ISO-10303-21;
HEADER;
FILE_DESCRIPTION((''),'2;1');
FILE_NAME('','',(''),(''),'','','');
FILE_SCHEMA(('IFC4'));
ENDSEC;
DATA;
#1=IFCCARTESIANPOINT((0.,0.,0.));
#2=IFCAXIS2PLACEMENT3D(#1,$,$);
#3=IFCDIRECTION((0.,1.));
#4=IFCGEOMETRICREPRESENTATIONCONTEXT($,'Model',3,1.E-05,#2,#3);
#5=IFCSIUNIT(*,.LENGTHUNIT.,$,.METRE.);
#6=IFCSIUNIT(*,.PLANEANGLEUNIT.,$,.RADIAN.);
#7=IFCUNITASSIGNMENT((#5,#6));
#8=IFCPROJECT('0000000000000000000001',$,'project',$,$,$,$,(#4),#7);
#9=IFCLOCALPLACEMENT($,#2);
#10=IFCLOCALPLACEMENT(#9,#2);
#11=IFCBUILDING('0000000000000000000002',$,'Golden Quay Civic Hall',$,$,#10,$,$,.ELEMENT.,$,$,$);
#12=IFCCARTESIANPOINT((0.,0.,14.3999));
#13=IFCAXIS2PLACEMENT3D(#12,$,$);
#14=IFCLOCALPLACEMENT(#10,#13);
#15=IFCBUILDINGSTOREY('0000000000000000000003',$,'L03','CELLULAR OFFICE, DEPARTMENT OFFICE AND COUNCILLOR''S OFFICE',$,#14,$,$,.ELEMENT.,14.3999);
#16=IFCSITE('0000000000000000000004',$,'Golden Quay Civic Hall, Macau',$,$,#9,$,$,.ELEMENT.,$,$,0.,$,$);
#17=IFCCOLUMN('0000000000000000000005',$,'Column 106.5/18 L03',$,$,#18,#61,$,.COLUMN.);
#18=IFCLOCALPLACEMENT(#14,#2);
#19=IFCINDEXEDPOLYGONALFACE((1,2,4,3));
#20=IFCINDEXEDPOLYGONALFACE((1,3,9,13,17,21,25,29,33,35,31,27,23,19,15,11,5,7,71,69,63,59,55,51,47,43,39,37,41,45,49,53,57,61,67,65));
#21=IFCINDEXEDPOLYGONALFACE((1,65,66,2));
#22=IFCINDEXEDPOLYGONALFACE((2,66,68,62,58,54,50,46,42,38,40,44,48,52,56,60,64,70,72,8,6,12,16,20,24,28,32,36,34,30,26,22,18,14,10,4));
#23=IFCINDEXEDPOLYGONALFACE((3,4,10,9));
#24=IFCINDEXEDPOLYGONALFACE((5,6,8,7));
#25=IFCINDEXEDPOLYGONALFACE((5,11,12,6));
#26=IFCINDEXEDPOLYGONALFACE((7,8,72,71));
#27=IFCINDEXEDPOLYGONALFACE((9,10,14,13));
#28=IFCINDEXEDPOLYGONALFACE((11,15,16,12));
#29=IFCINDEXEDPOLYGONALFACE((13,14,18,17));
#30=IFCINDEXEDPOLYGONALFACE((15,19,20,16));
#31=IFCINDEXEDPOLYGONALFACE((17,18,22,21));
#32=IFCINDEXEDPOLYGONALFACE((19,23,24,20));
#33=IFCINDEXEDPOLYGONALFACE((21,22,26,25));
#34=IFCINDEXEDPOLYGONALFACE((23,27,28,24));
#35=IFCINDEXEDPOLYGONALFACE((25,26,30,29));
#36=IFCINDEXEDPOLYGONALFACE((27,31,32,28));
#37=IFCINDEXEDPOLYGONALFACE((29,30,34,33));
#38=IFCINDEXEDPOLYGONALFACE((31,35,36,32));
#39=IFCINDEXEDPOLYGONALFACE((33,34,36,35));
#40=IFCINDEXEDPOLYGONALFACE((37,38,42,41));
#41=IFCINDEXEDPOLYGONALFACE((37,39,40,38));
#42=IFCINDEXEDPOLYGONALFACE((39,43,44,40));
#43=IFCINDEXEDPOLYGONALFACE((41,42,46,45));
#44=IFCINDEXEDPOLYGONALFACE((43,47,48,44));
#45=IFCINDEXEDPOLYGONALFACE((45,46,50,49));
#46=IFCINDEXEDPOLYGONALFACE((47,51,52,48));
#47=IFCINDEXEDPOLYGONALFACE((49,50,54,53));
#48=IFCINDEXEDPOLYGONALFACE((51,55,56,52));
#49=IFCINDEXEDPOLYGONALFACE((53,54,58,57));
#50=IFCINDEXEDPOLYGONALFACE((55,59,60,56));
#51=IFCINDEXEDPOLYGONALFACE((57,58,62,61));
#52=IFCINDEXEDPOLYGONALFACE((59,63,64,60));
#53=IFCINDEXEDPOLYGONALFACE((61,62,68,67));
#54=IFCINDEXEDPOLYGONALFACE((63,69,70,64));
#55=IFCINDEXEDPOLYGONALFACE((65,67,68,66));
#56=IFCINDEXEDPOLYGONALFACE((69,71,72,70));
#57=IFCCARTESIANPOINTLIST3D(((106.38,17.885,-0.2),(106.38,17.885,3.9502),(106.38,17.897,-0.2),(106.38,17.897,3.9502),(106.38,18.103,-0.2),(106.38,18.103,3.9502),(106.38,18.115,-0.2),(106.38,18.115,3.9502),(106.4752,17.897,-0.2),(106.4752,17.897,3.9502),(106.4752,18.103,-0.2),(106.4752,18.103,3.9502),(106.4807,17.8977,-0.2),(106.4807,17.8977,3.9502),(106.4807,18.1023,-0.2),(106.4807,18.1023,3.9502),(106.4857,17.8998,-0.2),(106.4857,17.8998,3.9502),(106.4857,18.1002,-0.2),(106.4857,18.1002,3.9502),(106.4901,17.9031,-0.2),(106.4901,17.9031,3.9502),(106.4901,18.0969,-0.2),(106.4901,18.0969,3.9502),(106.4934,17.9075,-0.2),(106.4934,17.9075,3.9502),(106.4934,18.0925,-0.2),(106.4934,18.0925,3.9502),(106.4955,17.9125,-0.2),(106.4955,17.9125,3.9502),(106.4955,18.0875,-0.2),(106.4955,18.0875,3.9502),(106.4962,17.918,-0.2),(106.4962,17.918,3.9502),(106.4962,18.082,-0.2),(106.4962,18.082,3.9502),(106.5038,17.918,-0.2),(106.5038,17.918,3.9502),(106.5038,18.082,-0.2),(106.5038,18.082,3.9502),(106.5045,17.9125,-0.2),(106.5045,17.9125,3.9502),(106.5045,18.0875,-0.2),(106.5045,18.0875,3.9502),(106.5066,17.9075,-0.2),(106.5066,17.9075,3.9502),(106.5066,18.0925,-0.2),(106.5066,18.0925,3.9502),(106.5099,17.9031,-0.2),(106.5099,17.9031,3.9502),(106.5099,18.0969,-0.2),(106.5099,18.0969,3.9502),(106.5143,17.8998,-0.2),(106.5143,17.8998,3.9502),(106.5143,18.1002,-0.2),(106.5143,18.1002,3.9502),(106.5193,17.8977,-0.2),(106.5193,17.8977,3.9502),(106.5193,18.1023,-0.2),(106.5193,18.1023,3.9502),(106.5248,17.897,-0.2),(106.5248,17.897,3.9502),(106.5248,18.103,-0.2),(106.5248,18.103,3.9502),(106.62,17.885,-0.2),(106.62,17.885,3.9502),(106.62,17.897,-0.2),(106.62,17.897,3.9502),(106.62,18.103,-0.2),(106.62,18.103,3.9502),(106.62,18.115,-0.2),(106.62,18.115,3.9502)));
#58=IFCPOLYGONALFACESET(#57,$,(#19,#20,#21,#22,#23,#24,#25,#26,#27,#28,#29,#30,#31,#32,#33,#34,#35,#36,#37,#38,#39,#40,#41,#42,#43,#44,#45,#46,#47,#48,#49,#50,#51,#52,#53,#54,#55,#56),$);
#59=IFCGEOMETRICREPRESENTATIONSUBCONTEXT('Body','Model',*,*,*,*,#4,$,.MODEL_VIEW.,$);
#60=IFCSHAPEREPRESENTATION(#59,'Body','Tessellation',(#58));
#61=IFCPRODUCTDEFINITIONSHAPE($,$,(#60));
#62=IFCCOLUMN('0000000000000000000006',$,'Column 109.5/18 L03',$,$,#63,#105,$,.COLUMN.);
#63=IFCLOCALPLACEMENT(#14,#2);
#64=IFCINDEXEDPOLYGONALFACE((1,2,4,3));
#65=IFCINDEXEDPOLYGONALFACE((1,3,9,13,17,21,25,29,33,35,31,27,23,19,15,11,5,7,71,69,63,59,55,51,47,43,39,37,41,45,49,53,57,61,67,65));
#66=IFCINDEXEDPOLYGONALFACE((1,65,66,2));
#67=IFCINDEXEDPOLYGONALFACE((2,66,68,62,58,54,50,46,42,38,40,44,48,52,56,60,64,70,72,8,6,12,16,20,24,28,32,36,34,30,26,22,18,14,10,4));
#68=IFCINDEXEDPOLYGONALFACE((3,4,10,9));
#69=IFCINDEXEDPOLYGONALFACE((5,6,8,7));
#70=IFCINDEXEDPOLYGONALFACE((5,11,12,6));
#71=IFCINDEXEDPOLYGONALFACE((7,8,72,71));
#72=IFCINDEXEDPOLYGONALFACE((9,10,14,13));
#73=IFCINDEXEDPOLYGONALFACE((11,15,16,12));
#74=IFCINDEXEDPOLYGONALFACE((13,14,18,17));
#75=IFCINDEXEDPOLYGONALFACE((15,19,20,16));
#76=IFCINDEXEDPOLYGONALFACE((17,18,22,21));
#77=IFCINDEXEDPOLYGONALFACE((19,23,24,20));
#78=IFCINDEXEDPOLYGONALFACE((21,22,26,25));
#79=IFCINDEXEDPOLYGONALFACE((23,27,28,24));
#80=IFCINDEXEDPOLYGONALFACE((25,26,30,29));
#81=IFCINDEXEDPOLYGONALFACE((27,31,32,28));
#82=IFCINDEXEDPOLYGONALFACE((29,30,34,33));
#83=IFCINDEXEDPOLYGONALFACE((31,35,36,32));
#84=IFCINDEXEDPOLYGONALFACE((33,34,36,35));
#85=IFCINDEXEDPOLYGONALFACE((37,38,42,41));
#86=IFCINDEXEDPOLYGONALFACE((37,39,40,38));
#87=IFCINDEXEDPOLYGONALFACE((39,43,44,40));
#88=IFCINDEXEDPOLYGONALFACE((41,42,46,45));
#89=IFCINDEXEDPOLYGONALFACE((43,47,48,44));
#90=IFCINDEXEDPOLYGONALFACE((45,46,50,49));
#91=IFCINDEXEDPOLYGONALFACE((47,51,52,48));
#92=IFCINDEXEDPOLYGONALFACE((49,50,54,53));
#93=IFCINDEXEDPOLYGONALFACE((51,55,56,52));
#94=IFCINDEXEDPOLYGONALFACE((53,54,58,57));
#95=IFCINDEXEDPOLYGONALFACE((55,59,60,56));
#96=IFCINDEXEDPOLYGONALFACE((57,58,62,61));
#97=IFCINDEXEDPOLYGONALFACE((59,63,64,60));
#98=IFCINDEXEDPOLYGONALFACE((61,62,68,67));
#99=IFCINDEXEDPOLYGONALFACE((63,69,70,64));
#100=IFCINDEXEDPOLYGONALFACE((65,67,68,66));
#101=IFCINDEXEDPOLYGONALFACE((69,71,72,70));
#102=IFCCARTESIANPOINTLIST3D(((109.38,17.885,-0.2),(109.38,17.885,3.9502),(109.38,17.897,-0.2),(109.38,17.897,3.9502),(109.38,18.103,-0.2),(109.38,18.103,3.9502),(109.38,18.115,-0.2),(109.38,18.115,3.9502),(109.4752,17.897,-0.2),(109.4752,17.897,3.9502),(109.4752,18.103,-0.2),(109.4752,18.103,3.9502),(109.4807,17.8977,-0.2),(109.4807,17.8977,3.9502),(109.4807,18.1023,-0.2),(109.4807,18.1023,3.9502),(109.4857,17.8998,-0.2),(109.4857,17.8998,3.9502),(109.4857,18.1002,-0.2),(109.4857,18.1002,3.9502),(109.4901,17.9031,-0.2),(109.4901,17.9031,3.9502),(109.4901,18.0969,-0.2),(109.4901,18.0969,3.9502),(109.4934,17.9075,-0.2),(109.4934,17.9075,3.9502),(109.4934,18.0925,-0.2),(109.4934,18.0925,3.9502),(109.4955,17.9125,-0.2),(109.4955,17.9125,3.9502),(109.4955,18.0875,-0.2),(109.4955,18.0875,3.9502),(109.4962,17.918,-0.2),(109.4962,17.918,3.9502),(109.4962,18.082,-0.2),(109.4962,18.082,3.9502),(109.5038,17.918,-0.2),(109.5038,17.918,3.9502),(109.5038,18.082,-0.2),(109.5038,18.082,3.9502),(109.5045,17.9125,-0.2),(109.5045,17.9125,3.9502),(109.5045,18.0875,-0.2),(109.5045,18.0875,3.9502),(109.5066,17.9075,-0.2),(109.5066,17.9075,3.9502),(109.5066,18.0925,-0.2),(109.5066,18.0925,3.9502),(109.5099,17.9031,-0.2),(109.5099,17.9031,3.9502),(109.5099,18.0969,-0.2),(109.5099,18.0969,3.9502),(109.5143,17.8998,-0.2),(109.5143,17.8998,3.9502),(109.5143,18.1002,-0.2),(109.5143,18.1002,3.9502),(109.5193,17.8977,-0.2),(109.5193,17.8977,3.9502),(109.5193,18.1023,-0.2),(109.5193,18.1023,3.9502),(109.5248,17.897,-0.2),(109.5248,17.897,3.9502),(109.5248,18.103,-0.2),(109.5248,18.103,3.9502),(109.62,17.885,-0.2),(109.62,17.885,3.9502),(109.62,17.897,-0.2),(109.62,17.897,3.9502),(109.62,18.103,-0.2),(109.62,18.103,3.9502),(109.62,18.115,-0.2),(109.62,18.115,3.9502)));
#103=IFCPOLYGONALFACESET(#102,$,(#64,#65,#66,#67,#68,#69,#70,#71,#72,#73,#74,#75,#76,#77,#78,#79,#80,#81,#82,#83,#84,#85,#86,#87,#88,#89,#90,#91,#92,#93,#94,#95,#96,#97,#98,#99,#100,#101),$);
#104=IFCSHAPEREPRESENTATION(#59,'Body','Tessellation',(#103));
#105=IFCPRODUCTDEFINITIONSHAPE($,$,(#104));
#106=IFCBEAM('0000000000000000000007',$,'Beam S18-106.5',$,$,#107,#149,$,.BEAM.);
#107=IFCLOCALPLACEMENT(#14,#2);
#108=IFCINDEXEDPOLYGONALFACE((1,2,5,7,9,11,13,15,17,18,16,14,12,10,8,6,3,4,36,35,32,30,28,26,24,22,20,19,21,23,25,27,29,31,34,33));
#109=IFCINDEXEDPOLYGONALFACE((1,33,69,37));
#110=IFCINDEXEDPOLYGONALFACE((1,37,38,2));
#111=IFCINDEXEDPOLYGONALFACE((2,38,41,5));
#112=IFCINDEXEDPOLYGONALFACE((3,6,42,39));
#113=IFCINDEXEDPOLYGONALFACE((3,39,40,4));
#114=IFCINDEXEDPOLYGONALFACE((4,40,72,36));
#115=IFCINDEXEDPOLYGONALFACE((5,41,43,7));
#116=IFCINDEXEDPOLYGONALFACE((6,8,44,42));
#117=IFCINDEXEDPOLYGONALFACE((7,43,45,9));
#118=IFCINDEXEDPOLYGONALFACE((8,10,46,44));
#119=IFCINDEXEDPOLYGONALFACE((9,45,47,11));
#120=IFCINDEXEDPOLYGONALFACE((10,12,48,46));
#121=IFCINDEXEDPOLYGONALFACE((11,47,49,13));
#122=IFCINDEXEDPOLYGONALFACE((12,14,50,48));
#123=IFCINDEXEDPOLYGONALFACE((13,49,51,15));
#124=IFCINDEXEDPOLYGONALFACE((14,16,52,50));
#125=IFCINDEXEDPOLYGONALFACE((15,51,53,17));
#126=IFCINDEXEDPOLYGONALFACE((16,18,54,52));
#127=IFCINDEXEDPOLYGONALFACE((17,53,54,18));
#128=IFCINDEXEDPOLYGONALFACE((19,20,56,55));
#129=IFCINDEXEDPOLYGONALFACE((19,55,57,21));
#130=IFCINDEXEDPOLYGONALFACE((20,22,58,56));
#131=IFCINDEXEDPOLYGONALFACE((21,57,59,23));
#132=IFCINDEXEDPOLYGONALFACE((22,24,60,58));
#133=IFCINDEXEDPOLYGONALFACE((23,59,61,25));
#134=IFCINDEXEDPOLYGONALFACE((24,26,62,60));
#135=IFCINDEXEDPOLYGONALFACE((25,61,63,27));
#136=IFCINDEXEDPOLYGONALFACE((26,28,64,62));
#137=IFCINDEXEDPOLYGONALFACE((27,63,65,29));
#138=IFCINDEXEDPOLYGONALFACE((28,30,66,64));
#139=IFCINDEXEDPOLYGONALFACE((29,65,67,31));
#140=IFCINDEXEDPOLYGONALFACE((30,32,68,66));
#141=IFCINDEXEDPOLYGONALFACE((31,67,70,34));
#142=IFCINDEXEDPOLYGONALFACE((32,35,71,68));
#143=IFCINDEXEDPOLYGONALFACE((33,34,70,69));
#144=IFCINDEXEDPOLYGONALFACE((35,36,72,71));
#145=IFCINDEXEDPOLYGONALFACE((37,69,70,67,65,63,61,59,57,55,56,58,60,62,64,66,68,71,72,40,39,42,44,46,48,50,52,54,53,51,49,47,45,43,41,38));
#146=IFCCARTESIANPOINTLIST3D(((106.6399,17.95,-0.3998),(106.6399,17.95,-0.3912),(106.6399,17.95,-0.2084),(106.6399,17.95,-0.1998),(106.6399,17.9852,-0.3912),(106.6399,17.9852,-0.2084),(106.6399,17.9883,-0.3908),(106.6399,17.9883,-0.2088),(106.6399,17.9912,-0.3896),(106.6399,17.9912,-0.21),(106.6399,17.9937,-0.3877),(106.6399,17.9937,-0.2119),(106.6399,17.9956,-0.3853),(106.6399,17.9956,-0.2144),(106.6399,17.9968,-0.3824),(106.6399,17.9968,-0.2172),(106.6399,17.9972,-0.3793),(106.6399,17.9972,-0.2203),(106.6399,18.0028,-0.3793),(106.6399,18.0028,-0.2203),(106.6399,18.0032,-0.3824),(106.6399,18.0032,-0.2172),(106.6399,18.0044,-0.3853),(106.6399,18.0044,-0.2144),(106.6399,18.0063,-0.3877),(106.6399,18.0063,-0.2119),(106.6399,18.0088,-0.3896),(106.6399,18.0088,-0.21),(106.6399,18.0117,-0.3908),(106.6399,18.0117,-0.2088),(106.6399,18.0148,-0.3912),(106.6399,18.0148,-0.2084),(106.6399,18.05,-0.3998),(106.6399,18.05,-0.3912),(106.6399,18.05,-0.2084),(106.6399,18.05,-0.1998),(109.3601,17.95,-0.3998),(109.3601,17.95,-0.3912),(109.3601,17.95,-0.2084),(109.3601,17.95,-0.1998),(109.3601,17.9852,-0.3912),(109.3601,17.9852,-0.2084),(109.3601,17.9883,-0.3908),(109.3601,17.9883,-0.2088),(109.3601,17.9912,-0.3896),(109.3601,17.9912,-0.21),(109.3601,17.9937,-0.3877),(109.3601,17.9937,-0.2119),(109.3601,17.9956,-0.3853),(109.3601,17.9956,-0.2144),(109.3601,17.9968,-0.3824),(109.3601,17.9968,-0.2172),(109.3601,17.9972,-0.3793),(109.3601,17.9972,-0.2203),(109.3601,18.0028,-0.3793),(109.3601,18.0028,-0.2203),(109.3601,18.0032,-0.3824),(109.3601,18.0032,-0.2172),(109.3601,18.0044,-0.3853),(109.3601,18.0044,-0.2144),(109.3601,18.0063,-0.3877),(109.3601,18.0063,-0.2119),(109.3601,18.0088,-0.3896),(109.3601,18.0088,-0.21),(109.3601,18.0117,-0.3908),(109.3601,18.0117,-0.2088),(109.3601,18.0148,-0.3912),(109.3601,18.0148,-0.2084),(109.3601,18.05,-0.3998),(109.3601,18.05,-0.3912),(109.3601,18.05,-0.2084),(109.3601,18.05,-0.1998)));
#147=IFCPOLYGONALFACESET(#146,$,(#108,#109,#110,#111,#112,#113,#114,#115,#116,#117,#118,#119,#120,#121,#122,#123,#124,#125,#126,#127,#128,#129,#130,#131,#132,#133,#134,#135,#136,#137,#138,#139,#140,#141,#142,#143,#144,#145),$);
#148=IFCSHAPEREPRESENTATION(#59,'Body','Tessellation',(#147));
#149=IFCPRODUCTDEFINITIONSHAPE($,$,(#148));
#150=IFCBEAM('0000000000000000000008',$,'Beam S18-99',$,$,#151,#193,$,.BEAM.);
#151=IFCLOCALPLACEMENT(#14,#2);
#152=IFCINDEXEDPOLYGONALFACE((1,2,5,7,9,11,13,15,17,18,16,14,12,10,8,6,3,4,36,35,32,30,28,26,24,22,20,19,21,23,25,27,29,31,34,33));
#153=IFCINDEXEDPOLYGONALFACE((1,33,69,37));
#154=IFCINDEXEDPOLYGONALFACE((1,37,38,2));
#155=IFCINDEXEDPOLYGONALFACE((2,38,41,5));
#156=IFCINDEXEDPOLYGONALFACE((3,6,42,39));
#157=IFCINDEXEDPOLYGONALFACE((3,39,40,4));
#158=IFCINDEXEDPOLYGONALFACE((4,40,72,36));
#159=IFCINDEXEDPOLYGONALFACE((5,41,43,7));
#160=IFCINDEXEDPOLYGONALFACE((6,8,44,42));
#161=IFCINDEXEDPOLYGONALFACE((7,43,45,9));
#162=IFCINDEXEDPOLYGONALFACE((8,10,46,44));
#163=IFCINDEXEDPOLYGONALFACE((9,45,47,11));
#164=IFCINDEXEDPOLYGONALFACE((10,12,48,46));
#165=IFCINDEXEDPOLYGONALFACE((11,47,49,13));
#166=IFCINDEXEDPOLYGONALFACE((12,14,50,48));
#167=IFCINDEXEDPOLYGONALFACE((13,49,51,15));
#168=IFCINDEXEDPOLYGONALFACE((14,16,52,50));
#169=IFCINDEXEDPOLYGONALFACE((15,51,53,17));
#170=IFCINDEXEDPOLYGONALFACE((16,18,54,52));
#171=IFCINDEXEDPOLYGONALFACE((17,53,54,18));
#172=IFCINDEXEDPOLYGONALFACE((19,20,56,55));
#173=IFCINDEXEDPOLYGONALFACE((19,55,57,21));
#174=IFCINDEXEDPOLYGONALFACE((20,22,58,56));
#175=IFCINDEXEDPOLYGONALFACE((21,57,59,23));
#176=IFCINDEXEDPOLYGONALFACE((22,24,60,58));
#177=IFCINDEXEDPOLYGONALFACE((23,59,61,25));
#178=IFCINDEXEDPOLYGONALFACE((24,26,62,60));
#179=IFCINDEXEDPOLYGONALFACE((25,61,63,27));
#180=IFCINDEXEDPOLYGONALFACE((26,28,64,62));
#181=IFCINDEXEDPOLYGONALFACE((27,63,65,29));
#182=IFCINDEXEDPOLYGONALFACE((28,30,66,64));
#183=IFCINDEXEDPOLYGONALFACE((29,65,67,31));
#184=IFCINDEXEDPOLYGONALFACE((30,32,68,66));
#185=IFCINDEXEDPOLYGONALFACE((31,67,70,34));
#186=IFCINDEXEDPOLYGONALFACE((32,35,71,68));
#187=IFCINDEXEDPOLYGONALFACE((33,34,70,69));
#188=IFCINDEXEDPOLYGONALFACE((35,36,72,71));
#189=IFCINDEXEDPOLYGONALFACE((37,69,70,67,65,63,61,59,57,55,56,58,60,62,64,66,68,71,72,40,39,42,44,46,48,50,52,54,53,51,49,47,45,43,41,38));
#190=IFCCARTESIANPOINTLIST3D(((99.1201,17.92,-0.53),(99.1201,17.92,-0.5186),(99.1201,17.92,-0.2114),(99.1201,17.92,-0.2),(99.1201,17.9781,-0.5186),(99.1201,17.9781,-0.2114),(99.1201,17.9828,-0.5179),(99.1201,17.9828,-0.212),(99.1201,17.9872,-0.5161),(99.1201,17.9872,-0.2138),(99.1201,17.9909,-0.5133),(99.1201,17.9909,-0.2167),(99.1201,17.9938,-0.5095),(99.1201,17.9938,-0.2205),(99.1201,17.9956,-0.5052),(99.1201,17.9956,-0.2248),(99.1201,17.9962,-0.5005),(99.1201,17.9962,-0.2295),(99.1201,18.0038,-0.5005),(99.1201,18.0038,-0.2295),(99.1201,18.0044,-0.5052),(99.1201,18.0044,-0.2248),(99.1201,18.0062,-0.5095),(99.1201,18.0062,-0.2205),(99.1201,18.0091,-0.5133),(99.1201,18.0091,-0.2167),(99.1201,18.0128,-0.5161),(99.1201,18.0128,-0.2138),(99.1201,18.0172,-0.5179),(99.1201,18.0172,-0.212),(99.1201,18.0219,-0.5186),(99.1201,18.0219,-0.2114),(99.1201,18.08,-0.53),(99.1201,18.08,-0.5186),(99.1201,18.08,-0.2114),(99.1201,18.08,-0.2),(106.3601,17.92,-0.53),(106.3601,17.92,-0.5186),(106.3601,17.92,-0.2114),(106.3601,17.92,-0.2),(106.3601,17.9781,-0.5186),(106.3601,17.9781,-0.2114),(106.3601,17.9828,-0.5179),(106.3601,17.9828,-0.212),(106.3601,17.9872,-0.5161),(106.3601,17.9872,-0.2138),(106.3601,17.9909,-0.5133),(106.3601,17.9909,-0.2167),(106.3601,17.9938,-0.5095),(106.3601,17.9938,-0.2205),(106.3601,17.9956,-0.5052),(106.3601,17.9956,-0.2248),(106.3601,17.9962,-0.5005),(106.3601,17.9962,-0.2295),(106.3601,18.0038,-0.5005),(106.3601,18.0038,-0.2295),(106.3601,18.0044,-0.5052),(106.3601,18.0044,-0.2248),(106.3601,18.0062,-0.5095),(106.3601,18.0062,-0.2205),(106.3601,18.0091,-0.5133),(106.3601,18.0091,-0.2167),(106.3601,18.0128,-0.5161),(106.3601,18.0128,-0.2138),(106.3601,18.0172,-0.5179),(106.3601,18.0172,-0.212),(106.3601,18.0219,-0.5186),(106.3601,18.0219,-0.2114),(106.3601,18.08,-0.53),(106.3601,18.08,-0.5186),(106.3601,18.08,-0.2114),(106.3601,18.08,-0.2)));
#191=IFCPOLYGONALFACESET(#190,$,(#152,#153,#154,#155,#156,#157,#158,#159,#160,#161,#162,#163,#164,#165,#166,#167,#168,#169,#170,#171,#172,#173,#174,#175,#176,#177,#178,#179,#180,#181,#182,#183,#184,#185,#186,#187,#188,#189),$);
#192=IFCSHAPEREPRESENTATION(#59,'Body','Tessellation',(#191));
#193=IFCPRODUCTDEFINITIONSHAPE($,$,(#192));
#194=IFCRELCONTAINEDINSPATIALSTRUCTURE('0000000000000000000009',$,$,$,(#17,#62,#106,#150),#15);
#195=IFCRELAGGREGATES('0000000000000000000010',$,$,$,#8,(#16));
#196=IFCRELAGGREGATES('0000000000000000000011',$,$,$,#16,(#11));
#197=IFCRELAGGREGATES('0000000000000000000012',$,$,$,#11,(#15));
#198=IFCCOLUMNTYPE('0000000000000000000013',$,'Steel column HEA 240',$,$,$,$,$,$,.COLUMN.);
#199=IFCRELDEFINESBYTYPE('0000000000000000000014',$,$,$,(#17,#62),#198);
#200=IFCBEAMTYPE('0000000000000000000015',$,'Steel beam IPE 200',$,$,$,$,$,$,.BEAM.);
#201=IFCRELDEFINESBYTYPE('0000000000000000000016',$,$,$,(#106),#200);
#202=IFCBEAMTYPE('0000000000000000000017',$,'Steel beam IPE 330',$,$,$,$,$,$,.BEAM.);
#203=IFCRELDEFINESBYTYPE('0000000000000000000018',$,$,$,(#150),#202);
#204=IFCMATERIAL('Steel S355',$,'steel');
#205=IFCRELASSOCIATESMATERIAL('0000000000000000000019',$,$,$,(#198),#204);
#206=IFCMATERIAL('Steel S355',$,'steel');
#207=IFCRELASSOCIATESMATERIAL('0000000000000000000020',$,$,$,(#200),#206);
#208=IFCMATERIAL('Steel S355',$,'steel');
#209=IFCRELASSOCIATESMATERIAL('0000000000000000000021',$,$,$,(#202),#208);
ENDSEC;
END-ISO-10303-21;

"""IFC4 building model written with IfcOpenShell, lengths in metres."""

from ifc_helpers import new_model, si_unit, direction, frame, origin, origin_2d, place, context, subcontext, project, spatial, i_section, extrude, material, material_profile, profile_set, type_object, element, save


model = new_model("IFC4")

# Units and contexts
model_context = context("Model", 3, precision=1e-05, world=origin(), true_north=direction((0.0, 1.0)))
body_context = subcontext(model_context, "Body", "Model", "MODEL_VIEW")
ifc_project = project(units=[si_unit("LENGTHUNIT", "METRE"), si_unit("PLANEANGLEUNIT", "RADIAN")], contexts=[model_context])

# Site, building, storey
site_placement = place(None, origin())
site = spatial("IfcSite", under=ifc_project, at=site_placement, Name="Golden Quay Civic Hall, Macau", CompositionType="ELEMENT", RefElevation=0.0)
building_placement = place(site_placement, origin())
building = spatial("IfcBuilding", under=site, at=building_placement, Name="Golden Quay Civic Hall", CompositionType="ELEMENT")
storey_placement = place(building_placement, frame((0.0, 0.0, 14.3999)))
storey = spatial("IfcBuildingStorey", under=building, at=storey_placement, Name="L03", Description="CELLULAR OFFICE, DEPARTMENT OFFICE AND COUNCILLOR'S OFFICE", CompositionType="ELEMENT", Elevation=14.3999)

# Columns
ifc_material_1 = material(Name="Steel S355", Category="steel")
ifc_material_profile_1 = material_profile(ifc_material_1, i_section(OverallWidth=0.24, OverallDepth=0.23, WebThickness=0.0076, FlangeThickness=0.012, FilletRadius=0.021, at=origin_2d()), Name="HEA 240")
ifc_profile_set_1 = profile_set([ifc_material_profile_1], Name="Steel S355")
column_type = type_object("IfcColumnType", Name="Steel column HEA 240", PredefinedType="COLUMN", material=ifc_profile_set_1)
for number, where, z_axis, x_axis, name in (
    (1, (106.5, 18.0, -0.2), (0.0, 0.0, 1.0), (1.0, 0.0, 0.0), "Column 106.5/18 L03"),
    (2, (109.5, 18.0, -0.2), (0.0, 0.0, 1.0), (1.0, 0.0, 0.0), "Column 109.5/18 L03"),
):
    element("IfcColumn", number, at=place(storey_placement, frame(where, z_axis=z_axis, x_axis=x_axis)), inside=storey, type_object=column_type, Name=name, PredefinedType="COLUMN", context=body_context, shape_type="SweptSolid", body=[
        extrude(i_section(OverallWidth=0.24, OverallDepth=0.23, WebThickness=0.0076, FlangeThickness=0.012, FilletRadius=0.021, at=origin_2d()), origin(), (0.0, 0.0, 1.0), 4.1501),
    ])

# Beams
ifc_material_2 = material(Name="Steel S355", Category="steel")
ifc_material_profile_2 = material_profile(ifc_material_2, i_section(OverallWidth=0.1001, OverallDepth=0.2, WebThickness=0.0056, FlangeThickness=0.0085, FilletRadius=0.012, at=origin_2d()), Name="IPE 200")
ifc_profile_set_2 = profile_set([ifc_material_profile_2], Name="Steel S355")
beam_type_1 = type_object("IfcBeamType", Name="Steel beam IPE 200", PredefinedType="BEAM", material=ifc_profile_set_2)
beam_1_placement = place(storey_placement, frame((106.6399, 18.0, -0.2998), z_axis=(1.0, 0.0, 0.0), x_axis=(0.0, 1.0, 0.0)))
element("IfcBeam", 3, at=beam_1_placement, inside=storey, type_object=beam_type_1, Name="Beam S18-106.5", PredefinedType="BEAM", context=body_context, shape_type="SweptSolid", body=[
    extrude(i_section(OverallWidth=0.1001, OverallDepth=0.2, WebThickness=0.0056, FlangeThickness=0.0085, FilletRadius=0.012, at=origin_2d()), origin(), (0.0, 0.0, 1.0), 2.7202),
])
ifc_material_3 = material(Name="Steel S355", Category="steel")
ifc_material_profile_3 = material_profile(ifc_material_3, i_section(OverallWidth=0.1599, OverallDepth=0.3301, WebThickness=0.0076, FlangeThickness=0.0115, FilletRadius=0.0181, at=origin_2d()), Name="IPE 330")
ifc_profile_set_3 = profile_set([ifc_material_profile_3], Name="Steel S355")
beam_type_2 = type_object("IfcBeamType", Name="Steel beam IPE 330", PredefinedType="BEAM", material=ifc_profile_set_3)
beam_2_placement = place(storey_placement, frame((99.1201, 18.0, -0.365), z_axis=(1.0, 0.0, 0.0), x_axis=(0.0, 1.0, 0.0)))
element("IfcBeam", 4, at=beam_2_placement, inside=storey, type_object=beam_type_2, Name="Beam S18-99", PredefinedType="BEAM", context=body_context, shape_type="SweptSolid", body=[
    extrude(i_section(OverallWidth=0.1599, OverallDepth=0.3301, WebThickness=0.0076, FlangeThickness=0.0115, FilletRadius=0.0181, at=origin_2d()), origin(), (0.0, 0.0, 1.0), 7.24),
])

save(model, "model.ifc")
